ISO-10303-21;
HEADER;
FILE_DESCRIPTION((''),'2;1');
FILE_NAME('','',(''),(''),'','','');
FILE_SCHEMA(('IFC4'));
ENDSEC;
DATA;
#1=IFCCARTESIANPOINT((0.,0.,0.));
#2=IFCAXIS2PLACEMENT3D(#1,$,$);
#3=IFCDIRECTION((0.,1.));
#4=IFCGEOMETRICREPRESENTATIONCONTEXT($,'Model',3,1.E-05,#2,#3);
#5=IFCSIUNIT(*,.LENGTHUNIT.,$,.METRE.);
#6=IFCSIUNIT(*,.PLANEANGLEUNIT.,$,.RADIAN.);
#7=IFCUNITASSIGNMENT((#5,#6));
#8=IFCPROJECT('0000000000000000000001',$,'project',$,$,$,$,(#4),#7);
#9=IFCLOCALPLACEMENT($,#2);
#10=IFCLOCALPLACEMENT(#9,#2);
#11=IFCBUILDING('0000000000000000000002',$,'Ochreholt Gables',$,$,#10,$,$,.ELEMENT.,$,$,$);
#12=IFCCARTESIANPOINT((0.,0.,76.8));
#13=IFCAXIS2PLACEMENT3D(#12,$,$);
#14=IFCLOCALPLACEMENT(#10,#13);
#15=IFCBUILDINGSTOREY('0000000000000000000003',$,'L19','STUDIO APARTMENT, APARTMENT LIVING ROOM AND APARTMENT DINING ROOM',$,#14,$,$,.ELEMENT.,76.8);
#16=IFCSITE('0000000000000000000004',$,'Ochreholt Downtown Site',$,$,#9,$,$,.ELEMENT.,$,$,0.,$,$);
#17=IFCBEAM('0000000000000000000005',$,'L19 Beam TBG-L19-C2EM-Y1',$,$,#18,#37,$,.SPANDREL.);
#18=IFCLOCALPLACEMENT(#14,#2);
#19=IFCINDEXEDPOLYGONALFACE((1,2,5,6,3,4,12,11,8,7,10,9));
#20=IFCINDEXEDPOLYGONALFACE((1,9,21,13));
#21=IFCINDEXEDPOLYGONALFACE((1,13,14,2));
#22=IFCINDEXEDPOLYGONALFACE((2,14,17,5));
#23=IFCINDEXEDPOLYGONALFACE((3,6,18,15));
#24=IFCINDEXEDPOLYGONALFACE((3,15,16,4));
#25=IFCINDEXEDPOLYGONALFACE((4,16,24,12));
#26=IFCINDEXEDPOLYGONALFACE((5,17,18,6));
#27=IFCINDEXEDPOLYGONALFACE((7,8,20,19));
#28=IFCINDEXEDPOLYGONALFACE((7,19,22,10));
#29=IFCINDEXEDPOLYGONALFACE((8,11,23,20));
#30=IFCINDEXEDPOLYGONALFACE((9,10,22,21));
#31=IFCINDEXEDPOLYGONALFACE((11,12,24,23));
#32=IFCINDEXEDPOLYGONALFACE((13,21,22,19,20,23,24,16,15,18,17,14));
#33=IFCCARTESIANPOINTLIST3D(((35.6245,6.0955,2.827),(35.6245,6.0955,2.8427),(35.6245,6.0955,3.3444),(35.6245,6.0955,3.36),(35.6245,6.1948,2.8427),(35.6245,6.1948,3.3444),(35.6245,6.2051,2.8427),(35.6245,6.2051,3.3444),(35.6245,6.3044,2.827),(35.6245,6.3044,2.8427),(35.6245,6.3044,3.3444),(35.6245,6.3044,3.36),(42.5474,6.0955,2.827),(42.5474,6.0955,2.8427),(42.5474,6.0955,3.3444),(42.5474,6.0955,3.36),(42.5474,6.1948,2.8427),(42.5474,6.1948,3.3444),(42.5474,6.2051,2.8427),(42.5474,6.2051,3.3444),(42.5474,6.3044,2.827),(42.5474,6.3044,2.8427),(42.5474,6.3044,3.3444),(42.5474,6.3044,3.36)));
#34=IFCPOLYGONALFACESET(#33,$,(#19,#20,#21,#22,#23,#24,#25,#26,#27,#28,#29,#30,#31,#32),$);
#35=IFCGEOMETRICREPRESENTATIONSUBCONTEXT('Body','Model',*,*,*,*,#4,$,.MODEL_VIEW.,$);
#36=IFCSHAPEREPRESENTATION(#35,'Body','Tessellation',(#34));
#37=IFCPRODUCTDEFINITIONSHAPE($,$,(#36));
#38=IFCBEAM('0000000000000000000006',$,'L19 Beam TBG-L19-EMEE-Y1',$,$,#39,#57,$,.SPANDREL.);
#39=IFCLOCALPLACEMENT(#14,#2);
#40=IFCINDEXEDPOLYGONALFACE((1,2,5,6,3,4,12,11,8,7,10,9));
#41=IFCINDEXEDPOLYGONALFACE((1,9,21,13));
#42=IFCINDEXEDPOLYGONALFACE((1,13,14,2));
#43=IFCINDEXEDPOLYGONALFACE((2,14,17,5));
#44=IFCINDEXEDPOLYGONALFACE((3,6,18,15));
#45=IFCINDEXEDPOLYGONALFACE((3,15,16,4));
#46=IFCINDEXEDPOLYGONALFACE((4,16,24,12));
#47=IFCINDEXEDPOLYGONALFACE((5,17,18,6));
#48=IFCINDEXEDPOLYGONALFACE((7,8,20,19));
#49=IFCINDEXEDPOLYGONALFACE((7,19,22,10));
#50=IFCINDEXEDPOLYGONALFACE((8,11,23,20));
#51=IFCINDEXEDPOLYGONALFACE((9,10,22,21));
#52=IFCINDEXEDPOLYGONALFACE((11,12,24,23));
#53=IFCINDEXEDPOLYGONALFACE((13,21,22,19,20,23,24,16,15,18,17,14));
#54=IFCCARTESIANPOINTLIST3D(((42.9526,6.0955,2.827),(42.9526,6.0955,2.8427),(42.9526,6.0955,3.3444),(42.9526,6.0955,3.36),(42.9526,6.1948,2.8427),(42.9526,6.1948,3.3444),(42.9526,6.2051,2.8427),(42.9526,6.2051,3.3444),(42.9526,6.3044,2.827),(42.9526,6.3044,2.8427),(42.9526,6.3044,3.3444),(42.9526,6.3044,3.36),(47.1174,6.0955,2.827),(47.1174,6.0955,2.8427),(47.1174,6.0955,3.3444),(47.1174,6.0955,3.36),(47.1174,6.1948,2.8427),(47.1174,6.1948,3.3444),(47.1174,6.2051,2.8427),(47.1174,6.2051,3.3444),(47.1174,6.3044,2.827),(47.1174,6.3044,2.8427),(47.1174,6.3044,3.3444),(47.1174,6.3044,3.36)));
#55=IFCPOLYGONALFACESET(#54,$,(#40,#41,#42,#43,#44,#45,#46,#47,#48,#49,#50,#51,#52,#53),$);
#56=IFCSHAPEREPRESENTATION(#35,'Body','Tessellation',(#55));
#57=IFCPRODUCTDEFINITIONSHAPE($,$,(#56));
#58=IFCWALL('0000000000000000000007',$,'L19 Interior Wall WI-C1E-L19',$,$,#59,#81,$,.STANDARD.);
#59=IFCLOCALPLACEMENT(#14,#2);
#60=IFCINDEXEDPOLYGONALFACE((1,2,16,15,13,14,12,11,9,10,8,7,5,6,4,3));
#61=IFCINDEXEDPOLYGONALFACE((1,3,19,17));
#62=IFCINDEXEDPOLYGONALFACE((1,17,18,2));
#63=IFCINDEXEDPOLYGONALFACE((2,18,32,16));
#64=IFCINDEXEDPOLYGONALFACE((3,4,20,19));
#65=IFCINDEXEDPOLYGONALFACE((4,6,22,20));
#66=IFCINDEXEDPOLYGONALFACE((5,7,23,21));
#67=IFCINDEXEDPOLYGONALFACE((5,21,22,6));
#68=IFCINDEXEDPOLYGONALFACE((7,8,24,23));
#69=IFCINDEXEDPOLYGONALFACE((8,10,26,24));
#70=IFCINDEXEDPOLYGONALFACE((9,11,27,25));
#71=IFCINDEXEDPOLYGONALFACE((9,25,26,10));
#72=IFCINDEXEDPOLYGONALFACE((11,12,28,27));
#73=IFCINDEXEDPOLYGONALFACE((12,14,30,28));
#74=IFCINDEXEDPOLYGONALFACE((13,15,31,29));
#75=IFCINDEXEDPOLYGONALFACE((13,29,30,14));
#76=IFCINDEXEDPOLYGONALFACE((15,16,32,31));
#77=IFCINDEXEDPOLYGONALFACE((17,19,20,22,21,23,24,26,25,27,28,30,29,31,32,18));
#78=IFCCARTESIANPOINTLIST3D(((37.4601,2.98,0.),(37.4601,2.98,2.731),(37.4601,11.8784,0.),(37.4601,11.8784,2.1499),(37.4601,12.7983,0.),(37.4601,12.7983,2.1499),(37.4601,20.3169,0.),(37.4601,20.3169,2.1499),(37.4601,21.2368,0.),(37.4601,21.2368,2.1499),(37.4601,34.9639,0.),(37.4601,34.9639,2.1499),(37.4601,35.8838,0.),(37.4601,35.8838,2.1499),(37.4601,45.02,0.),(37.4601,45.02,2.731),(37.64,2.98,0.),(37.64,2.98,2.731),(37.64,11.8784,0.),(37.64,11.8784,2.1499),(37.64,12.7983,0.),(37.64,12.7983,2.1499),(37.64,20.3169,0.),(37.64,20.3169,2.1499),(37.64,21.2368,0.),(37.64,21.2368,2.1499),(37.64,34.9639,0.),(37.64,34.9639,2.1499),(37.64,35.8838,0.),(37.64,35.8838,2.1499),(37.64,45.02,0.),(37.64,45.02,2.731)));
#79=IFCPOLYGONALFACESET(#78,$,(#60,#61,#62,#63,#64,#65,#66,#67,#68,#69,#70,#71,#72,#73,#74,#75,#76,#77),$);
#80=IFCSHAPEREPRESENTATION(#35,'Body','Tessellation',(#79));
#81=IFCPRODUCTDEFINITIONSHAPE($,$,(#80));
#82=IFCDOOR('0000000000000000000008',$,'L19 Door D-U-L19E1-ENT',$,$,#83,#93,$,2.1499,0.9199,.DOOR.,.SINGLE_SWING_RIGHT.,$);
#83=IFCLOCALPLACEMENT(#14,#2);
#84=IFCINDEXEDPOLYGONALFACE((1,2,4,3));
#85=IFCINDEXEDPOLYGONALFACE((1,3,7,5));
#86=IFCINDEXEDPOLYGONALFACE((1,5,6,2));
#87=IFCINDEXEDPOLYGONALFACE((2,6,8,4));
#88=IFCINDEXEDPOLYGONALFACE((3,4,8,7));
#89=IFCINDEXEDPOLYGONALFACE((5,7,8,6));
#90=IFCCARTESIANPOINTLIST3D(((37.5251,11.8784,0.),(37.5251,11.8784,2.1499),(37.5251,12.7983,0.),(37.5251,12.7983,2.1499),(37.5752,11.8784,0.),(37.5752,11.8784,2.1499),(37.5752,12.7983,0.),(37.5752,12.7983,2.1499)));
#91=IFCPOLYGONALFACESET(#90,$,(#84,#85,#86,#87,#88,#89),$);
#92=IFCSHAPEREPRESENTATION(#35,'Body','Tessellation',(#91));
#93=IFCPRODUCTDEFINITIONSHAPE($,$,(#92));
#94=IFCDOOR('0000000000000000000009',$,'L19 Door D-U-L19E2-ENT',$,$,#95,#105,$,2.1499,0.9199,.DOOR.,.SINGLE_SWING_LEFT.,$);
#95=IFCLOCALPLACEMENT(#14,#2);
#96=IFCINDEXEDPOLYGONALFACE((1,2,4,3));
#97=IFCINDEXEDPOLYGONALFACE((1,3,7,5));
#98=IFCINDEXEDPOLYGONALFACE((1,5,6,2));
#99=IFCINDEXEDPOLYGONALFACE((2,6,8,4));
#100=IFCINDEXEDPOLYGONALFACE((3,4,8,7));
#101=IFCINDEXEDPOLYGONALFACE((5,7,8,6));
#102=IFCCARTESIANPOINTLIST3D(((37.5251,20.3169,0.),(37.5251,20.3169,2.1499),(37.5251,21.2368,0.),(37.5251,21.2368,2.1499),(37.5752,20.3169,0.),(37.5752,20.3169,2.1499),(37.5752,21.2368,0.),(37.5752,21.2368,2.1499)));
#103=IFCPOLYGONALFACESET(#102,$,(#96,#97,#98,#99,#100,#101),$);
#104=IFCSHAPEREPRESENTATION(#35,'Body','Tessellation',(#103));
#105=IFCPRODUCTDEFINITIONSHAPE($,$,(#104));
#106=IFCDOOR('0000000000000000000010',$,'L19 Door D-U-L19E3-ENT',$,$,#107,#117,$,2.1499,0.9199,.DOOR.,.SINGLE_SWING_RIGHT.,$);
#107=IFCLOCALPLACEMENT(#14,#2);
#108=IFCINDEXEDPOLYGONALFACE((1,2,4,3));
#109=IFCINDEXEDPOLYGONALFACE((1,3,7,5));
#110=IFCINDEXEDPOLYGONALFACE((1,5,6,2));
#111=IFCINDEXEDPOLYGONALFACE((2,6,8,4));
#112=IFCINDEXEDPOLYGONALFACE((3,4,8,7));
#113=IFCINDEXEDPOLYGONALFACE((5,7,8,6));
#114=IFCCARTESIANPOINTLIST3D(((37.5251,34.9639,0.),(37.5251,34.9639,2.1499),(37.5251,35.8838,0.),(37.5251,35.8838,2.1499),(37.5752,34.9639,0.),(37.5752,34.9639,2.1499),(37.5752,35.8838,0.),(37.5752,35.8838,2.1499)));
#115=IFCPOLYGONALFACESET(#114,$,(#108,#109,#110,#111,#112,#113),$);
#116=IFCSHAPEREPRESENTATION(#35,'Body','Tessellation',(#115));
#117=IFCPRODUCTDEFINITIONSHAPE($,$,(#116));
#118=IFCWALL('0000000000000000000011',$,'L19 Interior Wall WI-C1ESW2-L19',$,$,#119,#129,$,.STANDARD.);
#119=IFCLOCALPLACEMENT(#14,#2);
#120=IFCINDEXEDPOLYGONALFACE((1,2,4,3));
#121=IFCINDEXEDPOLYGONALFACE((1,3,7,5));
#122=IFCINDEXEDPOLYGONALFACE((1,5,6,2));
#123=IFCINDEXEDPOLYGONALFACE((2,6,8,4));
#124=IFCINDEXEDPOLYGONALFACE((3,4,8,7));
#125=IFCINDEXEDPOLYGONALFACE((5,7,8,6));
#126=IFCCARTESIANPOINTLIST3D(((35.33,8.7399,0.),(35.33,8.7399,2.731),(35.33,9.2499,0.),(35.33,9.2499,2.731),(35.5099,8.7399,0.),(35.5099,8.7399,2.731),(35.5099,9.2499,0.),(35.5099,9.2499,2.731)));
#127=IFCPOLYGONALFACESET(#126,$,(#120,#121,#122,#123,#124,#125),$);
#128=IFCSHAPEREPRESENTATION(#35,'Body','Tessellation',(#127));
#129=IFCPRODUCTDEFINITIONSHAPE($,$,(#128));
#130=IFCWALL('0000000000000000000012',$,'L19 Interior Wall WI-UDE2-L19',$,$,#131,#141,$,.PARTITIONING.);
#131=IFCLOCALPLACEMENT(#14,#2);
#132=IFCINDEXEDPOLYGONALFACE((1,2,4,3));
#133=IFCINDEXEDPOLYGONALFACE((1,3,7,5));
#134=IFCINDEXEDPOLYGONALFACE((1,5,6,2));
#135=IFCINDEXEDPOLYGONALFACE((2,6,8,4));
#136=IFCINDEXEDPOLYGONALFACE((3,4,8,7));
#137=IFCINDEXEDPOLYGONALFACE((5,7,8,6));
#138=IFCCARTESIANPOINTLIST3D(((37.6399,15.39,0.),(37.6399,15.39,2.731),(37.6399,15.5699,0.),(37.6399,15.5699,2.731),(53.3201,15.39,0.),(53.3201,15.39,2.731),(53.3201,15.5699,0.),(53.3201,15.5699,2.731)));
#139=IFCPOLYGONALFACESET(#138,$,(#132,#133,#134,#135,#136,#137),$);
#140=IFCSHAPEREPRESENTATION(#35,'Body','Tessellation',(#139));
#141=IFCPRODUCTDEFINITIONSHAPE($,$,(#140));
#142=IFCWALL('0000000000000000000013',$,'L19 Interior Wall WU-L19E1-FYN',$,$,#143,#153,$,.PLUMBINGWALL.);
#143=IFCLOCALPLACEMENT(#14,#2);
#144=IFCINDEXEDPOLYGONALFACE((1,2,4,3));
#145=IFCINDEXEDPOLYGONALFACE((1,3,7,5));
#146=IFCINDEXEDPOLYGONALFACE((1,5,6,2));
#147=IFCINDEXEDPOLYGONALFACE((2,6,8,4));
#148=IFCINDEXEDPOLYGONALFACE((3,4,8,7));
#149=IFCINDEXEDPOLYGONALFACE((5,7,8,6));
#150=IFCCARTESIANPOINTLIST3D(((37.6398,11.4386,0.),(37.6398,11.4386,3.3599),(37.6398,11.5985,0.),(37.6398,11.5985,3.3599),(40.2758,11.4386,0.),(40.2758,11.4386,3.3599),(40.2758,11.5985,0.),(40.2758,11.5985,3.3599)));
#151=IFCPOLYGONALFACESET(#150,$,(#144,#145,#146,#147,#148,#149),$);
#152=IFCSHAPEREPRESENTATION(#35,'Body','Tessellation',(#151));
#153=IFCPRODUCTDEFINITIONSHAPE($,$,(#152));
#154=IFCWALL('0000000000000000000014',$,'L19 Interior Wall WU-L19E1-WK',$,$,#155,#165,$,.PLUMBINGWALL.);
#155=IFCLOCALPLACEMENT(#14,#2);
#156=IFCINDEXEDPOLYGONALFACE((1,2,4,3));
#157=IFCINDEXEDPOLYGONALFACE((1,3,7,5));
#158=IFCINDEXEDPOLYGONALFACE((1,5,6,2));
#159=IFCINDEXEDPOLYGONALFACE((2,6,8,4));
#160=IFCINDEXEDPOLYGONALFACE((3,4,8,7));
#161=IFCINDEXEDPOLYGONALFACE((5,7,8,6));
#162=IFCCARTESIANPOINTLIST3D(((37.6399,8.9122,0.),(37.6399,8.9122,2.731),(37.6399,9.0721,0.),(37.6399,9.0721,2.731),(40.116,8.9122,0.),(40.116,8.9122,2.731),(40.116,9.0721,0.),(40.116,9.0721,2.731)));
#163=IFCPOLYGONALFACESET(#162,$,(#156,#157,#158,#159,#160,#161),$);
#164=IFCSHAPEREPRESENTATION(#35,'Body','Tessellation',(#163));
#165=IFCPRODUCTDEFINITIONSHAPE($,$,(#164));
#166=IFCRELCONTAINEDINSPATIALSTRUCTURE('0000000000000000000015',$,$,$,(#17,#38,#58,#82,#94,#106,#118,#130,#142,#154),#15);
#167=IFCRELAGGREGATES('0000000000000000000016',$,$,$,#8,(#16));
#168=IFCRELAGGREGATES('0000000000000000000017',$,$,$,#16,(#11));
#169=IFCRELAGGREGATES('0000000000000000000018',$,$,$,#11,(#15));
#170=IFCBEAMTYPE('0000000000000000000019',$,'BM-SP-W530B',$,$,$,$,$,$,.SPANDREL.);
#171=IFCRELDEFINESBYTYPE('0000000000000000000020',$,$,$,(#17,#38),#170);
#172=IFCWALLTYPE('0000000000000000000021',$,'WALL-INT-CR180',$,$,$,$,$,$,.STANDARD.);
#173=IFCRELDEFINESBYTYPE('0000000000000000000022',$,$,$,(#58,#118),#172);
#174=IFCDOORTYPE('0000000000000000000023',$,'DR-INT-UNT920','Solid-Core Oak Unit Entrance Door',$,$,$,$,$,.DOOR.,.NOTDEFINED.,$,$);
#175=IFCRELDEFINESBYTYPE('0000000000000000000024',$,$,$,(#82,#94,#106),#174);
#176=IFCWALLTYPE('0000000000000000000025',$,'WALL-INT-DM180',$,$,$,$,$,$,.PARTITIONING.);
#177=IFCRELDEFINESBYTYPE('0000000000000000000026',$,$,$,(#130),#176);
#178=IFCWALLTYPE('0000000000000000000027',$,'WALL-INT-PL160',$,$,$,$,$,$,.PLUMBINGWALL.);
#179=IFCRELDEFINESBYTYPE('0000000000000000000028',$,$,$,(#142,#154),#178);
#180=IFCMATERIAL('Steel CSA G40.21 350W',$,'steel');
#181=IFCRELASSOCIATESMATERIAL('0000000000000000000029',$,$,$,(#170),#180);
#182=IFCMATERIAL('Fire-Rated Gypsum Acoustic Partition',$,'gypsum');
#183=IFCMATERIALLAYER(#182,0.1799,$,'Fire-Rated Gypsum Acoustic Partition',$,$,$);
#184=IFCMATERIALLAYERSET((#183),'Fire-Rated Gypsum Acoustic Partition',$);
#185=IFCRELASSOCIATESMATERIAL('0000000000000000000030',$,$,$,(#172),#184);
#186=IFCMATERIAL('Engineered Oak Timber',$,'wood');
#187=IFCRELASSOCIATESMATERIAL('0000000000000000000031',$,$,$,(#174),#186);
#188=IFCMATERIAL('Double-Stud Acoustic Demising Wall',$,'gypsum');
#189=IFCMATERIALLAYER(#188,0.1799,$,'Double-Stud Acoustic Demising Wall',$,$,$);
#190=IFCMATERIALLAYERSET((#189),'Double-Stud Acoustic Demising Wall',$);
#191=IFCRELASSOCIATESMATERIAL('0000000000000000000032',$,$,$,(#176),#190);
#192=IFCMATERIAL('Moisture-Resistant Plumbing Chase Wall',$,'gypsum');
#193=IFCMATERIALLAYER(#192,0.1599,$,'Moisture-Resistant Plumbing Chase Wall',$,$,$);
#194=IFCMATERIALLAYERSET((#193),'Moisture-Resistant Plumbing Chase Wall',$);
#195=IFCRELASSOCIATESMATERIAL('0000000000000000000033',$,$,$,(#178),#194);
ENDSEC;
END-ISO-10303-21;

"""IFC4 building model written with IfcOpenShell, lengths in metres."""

from ifc_helpers import new_model, si_unit, direction, frame, frame_2d, origin, origin_2d, place, context, subcontext, project, spatial, rectangle, i_section, extrude, material, layer, layer_set, material_profile, profile_set, type_object, element, fill, save


model = new_model("IFC4")

# Units and contexts
model_context = context("Model", 3, precision=1e-05, world=origin(), true_north=direction((0.0, 1.0)))
body_context = subcontext(model_context, "Body", "Model", "MODEL_VIEW")
ifc_project = project(units=[si_unit("LENGTHUNIT", "METRE"), si_unit("PLANEANGLEUNIT", "RADIAN")], contexts=[model_context])

# Site, building, storey
site_placement = place(None, origin())
site = spatial("IfcSite", under=ifc_project, at=site_placement, Name="Ochreholt Downtown Site", CompositionType="ELEMENT", RefElevation=0.0)
building_placement = place(site_placement, origin())
building = spatial("IfcBuilding", under=site, at=building_placement, Name="Ochreholt Gables", CompositionType="ELEMENT")
storey_placement = place(building_placement, frame((0.0, 0.0, 76.8)))
storey = spatial("IfcBuildingStorey", under=building, at=storey_placement, Name="L19", Description="STUDIO APARTMENT, APARTMENT LIVING ROOM AND APARTMENT DINING ROOM", CompositionType="ELEMENT", Elevation=76.8)

# Shared definitions
ifc_material_1 = material(Name="Steel CSA G40.21 350W", Category="steel")

# Beams
ifc_material_profile_1 = material_profile(ifc_material_1, i_section(OverallWidth=0.209, OverallDepth=0.533, WebThickness=0.0103, FlangeThickness=0.0156, at=origin_2d()), Name="W530X92")
ifc_profile_set_1 = profile_set([ifc_material_profile_1], Name="Steel CSA G40.21 350W")
beam_type_1 = type_object("IfcBeamType", Name="BM-SP-W530B", PredefinedType="SPANDREL", material=ifc_profile_set_1)
beam_1_placement = place(storey_placement, frame((35.6245, 6.2, 3.0935), z_axis=(1.0, 0.0, 0.0), x_axis=(0.0, 1.0, 0.0)))
element("IfcBeam", 1, at=beam_1_placement, inside=storey, type_object=beam_type_1, Name="L19 Beam TBG-L19-C2EM-Y1", PredefinedType="SPANDREL", context=body_context, shape_type="SweptSolid", body=[
    extrude(i_section(OverallWidth=0.209, OverallDepth=0.533, WebThickness=0.0103, FlangeThickness=0.0156, at=origin_2d()), origin(), (0.0, 0.0, 1.0), 6.9229),
])
beam_2_placement = place(storey_placement, frame((42.9526, 6.2, 3.0935), z_axis=(1.0, 0.0, 0.0), x_axis=(0.0, 1.0, 0.0)))
element("IfcBeam", 2, at=beam_2_placement, inside=storey, type_object=beam_type_1, Name="L19 Beam TBG-L19-EMEE-Y1", PredefinedType="SPANDREL", context=body_context, shape_type="SweptSolid", body=[
    extrude(i_section(OverallWidth=0.209, OverallDepth=0.533, WebThickness=0.0103, FlangeThickness=0.0156, at=origin_2d()), origin(), (0.0, 0.0, 1.0), 4.1648),
])

# Wall, openings, doors
ifc_material_2 = material(Name="Fire-Rated Gypsum Acoustic Partition", Category="gypsum")
ifc_layer_1 = layer(ifc_material_2, 0.1799, Name="Fire-Rated Gypsum Acoustic Partition")
ifc_layer_set_1 = layer_set([ifc_layer_1], Name="Fire-Rated Gypsum Acoustic Partition")
wall_type_1 = type_object("IfcWallType", Name="WALL-INT-CR180", PredefinedType="STANDARD", material=ifc_layer_set_1)
wall_1_placement = place(storey_placement, frame((37.55, 2.98, 0.0), z_axis=(0.0, 0.0, 1.0), x_axis=(0.0, 1.0, 0.0)))
wall_1 = element("IfcWall", 3, at=wall_1_placement, inside=storey, type_object=wall_type_1, Name="L19 Interior Wall WI-C1E-L19", PredefinedType="STANDARD", context=body_context, shape_type="SweptSolid", body=[
    extrude(rectangle(XDim=42.04, YDim=0.1799, at=frame_2d((21.02, 0.0))), origin(), (0.0, 0.0, 1.0), 2.731),
])
opening_1_placement = place(wall_1_placement, frame((8.8984, 0.0, 0.0)))
opening_1 = element("IfcOpeningElement", 4, at=opening_1_placement, cuts=wall_1, PredefinedType="OPENING", context=body_context, shape_type="SweptSolid", body=[
    extrude(rectangle(XDim=0.9199, YDim=2.1499, at=frame_2d((0.46, 1.075))), frame((0.0, 0.0999, 0.0), z_axis=(0.0, -1.0, 0.0), x_axis=(1.0, 0.0, 0.0)), (0.0, 0.0, 1.0), 0.2),
])
opening_2_placement = place(wall_1_placement, frame((17.3369, 0.0, 0.0)))
opening_2 = element("IfcOpeningElement", 5, at=opening_2_placement, cuts=wall_1, PredefinedType="OPENING", context=body_context, shape_type="SweptSolid", body=[
    extrude(rectangle(XDim=0.9199, YDim=2.1499, at=frame_2d((0.46, 1.075))), frame((0.0, 0.0999, 0.0), z_axis=(0.0, -1.0, 0.0), x_axis=(1.0, 0.0, 0.0)), (0.0, 0.0, 1.0), 0.2),
])
opening_3_placement = place(wall_1_placement, frame((31.9839, 0.0, 0.0)))
opening_3 = element("IfcOpeningElement", 6, at=opening_3_placement, cuts=wall_1, PredefinedType="OPENING", context=body_context, shape_type="SweptSolid", body=[
    extrude(rectangle(XDim=0.9199, YDim=2.1499, at=frame_2d((0.46, 1.075))), frame((0.0, 0.0999, 0.0), z_axis=(0.0, -1.0, 0.0), x_axis=(1.0, 0.0, 0.0)), (0.0, 0.0, 1.0), 0.2),
])
ifc_material_3 = material(Name="Engineered Oak Timber", Category="wood")
door_type_1 = type_object("IfcDoorType", Name="DR-INT-UNT920", Description="Solid-Core Oak Unit Entrance Door", OperationType="NOTDEFINED", PredefinedType="DOOR", material=ifc_material_3)
door_1_placement = place(opening_1_placement, origin())
door_1 = element("IfcDoor", 7, at=door_1_placement, inside=storey, type_object=door_type_1, Name="L19 Door D-U-L19E1-ENT", OperationType="SINGLE_SWING_RIGHT", OverallHeight=2.1499, OverallWidth=0.9199, PredefinedType="DOOR", context=body_context, shape_type="SweptSolid", body=[
    extrude(rectangle(XDim=0.9199, YDim=2.1499, at=frame_2d((0.46, 1.075))), frame((0.0, 0.0249, 0.0), z_axis=(0.0, -1.0, 0.0), x_axis=(1.0, 0.0, 0.0)), (0.0, 0.0, 1.0), 0.05),
])
fill(opening_1, door_1)
door_2_placement = place(opening_2_placement, origin())
door_2 = element("IfcDoor", 8, at=door_2_placement, inside=storey, type_object=door_type_1, Name="L19 Door D-U-L19E2-ENT", OperationType="SINGLE_SWING_LEFT", OverallHeight=2.1499, OverallWidth=0.9199, PredefinedType="DOOR", context=body_context, shape_type="SweptSolid", body=[
    extrude(rectangle(XDim=0.9199, YDim=2.1499, at=frame_2d((0.46, 1.075))), frame((0.0, 0.0249, 0.0), z_axis=(0.0, -1.0, 0.0), x_axis=(1.0, 0.0, 0.0)), (0.0, 0.0, 1.0), 0.05),
])
fill(opening_2, door_2)
door_3_placement = place(opening_3_placement, origin())
door_3 = element("IfcDoor", 9, at=door_3_placement, inside=storey, type_object=door_type_1, Name="L19 Door D-U-L19E3-ENT", OperationType="SINGLE_SWING_RIGHT", OverallHeight=2.1499, OverallWidth=0.9199, PredefinedType="DOOR", context=body_context, shape_type="SweptSolid", body=[
    extrude(rectangle(XDim=0.9199, YDim=2.1499, at=frame_2d((0.46, 1.075))), frame((0.0, 0.0249, 0.0), z_axis=(0.0, -1.0, 0.0), x_axis=(1.0, 0.0, 0.0)), (0.0, 0.0, 1.0), 0.05),
])
fill(opening_3, door_3)

# Walls
wall_2_placement = place(storey_placement, frame((35.4199, 8.74, 0.0), z_axis=(0.0, 0.0, 1.0), x_axis=(0.0, 1.0, 0.0)))
element("IfcWall", 10, at=wall_2_placement, inside=storey, type_object=wall_type_1, Name="L19 Interior Wall WI-C1ESW2-L19", PredefinedType="STANDARD", context=body_context, shape_type="SweptSolid", body=[
    extrude(rectangle(XDim=0.51, YDim=0.1799, at=frame_2d((0.2549, 0.0))), origin(), (0.0, 0.0, 1.0), 2.731),
])
ifc_material_4 = material(Name="Double-Stud Acoustic Demising Wall", Category="gypsum")
ifc_layer_2 = layer(ifc_material_4, 0.1799, Name="Double-Stud Acoustic Demising Wall")
ifc_layer_set_2 = layer_set([ifc_layer_2], Name="Double-Stud Acoustic Demising Wall")
wall_type_2 = type_object("IfcWallType", Name="WALL-INT-DM180", PredefinedType="PARTITIONING", material=ifc_layer_set_2)
wall_3_placement = place(storey_placement, frame((37.6399, 15.48, 0.0), z_axis=(0.0, 0.0, 1.0), x_axis=(1.0, 0.0, 0.0)))
element("IfcWall", 11, at=wall_3_placement, inside=storey, type_object=wall_type_2, Name="L19 Interior Wall WI-UDE2-L19", PredefinedType="PARTITIONING", context=body_context, shape_type="SweptSolid", body=[
    extrude(rectangle(XDim=15.6802, YDim=0.1799, at=frame_2d((7.8401, 0.0))), origin(), (0.0, 0.0, 1.0), 2.731),
])
ifc_material_5 = material(Name="Moisture-Resistant Plumbing Chase Wall", Category="gypsum")
ifc_layer_3 = layer(ifc_material_5, 0.1599, Name="Moisture-Resistant Plumbing Chase Wall")
ifc_layer_set_3 = layer_set([ifc_layer_3], Name="Moisture-Resistant Plumbing Chase Wall")
wall_type_3 = type_object("IfcWallType", Name="WALL-INT-PL160", PredefinedType="PLUMBINGWALL", material=ifc_layer_set_3)
wall_4_placement = place(storey_placement, frame((37.6399, 11.5186, 0.0), z_axis=(0.0, 0.0, 1.0), x_axis=(1.0, 0.0, 0.0)))
element("IfcWall", 12, at=wall_4_placement, inside=storey, type_object=wall_type_3, Name="L19 Interior Wall WU-L19E1-FYN", PredefinedType="PLUMBINGWALL", context=body_context, shape_type="SweptSolid", body=[
    extrude(rectangle(XDim=2.636, YDim=0.1599, at=frame_2d((1.3179, 0.0))), origin(), (0.0, 0.0, 1.0), 3.3599),
])

# Wall
wall_5_placement = place(storey_placement, frame((37.6399, 8.9922, 0.0), z_axis=(0.0, 0.0, 1.0), x_axis=(1.0, 0.0, 0.0)))
element("IfcWall", 13, at=wall_5_placement, inside=storey, type_object=wall_type_3, Name="L19 Interior Wall WU-L19E1-WK", PredefinedType="PLUMBINGWALL", context=body_context, shape_type="SweptSolid", body=[
    extrude(rectangle(XDim=2.4761, YDim=0.1599, at=frame_2d((1.238, 0.0))), origin(), (0.0, 0.0, 1.0), 2.731),
])

save(model, "model.ifc")
